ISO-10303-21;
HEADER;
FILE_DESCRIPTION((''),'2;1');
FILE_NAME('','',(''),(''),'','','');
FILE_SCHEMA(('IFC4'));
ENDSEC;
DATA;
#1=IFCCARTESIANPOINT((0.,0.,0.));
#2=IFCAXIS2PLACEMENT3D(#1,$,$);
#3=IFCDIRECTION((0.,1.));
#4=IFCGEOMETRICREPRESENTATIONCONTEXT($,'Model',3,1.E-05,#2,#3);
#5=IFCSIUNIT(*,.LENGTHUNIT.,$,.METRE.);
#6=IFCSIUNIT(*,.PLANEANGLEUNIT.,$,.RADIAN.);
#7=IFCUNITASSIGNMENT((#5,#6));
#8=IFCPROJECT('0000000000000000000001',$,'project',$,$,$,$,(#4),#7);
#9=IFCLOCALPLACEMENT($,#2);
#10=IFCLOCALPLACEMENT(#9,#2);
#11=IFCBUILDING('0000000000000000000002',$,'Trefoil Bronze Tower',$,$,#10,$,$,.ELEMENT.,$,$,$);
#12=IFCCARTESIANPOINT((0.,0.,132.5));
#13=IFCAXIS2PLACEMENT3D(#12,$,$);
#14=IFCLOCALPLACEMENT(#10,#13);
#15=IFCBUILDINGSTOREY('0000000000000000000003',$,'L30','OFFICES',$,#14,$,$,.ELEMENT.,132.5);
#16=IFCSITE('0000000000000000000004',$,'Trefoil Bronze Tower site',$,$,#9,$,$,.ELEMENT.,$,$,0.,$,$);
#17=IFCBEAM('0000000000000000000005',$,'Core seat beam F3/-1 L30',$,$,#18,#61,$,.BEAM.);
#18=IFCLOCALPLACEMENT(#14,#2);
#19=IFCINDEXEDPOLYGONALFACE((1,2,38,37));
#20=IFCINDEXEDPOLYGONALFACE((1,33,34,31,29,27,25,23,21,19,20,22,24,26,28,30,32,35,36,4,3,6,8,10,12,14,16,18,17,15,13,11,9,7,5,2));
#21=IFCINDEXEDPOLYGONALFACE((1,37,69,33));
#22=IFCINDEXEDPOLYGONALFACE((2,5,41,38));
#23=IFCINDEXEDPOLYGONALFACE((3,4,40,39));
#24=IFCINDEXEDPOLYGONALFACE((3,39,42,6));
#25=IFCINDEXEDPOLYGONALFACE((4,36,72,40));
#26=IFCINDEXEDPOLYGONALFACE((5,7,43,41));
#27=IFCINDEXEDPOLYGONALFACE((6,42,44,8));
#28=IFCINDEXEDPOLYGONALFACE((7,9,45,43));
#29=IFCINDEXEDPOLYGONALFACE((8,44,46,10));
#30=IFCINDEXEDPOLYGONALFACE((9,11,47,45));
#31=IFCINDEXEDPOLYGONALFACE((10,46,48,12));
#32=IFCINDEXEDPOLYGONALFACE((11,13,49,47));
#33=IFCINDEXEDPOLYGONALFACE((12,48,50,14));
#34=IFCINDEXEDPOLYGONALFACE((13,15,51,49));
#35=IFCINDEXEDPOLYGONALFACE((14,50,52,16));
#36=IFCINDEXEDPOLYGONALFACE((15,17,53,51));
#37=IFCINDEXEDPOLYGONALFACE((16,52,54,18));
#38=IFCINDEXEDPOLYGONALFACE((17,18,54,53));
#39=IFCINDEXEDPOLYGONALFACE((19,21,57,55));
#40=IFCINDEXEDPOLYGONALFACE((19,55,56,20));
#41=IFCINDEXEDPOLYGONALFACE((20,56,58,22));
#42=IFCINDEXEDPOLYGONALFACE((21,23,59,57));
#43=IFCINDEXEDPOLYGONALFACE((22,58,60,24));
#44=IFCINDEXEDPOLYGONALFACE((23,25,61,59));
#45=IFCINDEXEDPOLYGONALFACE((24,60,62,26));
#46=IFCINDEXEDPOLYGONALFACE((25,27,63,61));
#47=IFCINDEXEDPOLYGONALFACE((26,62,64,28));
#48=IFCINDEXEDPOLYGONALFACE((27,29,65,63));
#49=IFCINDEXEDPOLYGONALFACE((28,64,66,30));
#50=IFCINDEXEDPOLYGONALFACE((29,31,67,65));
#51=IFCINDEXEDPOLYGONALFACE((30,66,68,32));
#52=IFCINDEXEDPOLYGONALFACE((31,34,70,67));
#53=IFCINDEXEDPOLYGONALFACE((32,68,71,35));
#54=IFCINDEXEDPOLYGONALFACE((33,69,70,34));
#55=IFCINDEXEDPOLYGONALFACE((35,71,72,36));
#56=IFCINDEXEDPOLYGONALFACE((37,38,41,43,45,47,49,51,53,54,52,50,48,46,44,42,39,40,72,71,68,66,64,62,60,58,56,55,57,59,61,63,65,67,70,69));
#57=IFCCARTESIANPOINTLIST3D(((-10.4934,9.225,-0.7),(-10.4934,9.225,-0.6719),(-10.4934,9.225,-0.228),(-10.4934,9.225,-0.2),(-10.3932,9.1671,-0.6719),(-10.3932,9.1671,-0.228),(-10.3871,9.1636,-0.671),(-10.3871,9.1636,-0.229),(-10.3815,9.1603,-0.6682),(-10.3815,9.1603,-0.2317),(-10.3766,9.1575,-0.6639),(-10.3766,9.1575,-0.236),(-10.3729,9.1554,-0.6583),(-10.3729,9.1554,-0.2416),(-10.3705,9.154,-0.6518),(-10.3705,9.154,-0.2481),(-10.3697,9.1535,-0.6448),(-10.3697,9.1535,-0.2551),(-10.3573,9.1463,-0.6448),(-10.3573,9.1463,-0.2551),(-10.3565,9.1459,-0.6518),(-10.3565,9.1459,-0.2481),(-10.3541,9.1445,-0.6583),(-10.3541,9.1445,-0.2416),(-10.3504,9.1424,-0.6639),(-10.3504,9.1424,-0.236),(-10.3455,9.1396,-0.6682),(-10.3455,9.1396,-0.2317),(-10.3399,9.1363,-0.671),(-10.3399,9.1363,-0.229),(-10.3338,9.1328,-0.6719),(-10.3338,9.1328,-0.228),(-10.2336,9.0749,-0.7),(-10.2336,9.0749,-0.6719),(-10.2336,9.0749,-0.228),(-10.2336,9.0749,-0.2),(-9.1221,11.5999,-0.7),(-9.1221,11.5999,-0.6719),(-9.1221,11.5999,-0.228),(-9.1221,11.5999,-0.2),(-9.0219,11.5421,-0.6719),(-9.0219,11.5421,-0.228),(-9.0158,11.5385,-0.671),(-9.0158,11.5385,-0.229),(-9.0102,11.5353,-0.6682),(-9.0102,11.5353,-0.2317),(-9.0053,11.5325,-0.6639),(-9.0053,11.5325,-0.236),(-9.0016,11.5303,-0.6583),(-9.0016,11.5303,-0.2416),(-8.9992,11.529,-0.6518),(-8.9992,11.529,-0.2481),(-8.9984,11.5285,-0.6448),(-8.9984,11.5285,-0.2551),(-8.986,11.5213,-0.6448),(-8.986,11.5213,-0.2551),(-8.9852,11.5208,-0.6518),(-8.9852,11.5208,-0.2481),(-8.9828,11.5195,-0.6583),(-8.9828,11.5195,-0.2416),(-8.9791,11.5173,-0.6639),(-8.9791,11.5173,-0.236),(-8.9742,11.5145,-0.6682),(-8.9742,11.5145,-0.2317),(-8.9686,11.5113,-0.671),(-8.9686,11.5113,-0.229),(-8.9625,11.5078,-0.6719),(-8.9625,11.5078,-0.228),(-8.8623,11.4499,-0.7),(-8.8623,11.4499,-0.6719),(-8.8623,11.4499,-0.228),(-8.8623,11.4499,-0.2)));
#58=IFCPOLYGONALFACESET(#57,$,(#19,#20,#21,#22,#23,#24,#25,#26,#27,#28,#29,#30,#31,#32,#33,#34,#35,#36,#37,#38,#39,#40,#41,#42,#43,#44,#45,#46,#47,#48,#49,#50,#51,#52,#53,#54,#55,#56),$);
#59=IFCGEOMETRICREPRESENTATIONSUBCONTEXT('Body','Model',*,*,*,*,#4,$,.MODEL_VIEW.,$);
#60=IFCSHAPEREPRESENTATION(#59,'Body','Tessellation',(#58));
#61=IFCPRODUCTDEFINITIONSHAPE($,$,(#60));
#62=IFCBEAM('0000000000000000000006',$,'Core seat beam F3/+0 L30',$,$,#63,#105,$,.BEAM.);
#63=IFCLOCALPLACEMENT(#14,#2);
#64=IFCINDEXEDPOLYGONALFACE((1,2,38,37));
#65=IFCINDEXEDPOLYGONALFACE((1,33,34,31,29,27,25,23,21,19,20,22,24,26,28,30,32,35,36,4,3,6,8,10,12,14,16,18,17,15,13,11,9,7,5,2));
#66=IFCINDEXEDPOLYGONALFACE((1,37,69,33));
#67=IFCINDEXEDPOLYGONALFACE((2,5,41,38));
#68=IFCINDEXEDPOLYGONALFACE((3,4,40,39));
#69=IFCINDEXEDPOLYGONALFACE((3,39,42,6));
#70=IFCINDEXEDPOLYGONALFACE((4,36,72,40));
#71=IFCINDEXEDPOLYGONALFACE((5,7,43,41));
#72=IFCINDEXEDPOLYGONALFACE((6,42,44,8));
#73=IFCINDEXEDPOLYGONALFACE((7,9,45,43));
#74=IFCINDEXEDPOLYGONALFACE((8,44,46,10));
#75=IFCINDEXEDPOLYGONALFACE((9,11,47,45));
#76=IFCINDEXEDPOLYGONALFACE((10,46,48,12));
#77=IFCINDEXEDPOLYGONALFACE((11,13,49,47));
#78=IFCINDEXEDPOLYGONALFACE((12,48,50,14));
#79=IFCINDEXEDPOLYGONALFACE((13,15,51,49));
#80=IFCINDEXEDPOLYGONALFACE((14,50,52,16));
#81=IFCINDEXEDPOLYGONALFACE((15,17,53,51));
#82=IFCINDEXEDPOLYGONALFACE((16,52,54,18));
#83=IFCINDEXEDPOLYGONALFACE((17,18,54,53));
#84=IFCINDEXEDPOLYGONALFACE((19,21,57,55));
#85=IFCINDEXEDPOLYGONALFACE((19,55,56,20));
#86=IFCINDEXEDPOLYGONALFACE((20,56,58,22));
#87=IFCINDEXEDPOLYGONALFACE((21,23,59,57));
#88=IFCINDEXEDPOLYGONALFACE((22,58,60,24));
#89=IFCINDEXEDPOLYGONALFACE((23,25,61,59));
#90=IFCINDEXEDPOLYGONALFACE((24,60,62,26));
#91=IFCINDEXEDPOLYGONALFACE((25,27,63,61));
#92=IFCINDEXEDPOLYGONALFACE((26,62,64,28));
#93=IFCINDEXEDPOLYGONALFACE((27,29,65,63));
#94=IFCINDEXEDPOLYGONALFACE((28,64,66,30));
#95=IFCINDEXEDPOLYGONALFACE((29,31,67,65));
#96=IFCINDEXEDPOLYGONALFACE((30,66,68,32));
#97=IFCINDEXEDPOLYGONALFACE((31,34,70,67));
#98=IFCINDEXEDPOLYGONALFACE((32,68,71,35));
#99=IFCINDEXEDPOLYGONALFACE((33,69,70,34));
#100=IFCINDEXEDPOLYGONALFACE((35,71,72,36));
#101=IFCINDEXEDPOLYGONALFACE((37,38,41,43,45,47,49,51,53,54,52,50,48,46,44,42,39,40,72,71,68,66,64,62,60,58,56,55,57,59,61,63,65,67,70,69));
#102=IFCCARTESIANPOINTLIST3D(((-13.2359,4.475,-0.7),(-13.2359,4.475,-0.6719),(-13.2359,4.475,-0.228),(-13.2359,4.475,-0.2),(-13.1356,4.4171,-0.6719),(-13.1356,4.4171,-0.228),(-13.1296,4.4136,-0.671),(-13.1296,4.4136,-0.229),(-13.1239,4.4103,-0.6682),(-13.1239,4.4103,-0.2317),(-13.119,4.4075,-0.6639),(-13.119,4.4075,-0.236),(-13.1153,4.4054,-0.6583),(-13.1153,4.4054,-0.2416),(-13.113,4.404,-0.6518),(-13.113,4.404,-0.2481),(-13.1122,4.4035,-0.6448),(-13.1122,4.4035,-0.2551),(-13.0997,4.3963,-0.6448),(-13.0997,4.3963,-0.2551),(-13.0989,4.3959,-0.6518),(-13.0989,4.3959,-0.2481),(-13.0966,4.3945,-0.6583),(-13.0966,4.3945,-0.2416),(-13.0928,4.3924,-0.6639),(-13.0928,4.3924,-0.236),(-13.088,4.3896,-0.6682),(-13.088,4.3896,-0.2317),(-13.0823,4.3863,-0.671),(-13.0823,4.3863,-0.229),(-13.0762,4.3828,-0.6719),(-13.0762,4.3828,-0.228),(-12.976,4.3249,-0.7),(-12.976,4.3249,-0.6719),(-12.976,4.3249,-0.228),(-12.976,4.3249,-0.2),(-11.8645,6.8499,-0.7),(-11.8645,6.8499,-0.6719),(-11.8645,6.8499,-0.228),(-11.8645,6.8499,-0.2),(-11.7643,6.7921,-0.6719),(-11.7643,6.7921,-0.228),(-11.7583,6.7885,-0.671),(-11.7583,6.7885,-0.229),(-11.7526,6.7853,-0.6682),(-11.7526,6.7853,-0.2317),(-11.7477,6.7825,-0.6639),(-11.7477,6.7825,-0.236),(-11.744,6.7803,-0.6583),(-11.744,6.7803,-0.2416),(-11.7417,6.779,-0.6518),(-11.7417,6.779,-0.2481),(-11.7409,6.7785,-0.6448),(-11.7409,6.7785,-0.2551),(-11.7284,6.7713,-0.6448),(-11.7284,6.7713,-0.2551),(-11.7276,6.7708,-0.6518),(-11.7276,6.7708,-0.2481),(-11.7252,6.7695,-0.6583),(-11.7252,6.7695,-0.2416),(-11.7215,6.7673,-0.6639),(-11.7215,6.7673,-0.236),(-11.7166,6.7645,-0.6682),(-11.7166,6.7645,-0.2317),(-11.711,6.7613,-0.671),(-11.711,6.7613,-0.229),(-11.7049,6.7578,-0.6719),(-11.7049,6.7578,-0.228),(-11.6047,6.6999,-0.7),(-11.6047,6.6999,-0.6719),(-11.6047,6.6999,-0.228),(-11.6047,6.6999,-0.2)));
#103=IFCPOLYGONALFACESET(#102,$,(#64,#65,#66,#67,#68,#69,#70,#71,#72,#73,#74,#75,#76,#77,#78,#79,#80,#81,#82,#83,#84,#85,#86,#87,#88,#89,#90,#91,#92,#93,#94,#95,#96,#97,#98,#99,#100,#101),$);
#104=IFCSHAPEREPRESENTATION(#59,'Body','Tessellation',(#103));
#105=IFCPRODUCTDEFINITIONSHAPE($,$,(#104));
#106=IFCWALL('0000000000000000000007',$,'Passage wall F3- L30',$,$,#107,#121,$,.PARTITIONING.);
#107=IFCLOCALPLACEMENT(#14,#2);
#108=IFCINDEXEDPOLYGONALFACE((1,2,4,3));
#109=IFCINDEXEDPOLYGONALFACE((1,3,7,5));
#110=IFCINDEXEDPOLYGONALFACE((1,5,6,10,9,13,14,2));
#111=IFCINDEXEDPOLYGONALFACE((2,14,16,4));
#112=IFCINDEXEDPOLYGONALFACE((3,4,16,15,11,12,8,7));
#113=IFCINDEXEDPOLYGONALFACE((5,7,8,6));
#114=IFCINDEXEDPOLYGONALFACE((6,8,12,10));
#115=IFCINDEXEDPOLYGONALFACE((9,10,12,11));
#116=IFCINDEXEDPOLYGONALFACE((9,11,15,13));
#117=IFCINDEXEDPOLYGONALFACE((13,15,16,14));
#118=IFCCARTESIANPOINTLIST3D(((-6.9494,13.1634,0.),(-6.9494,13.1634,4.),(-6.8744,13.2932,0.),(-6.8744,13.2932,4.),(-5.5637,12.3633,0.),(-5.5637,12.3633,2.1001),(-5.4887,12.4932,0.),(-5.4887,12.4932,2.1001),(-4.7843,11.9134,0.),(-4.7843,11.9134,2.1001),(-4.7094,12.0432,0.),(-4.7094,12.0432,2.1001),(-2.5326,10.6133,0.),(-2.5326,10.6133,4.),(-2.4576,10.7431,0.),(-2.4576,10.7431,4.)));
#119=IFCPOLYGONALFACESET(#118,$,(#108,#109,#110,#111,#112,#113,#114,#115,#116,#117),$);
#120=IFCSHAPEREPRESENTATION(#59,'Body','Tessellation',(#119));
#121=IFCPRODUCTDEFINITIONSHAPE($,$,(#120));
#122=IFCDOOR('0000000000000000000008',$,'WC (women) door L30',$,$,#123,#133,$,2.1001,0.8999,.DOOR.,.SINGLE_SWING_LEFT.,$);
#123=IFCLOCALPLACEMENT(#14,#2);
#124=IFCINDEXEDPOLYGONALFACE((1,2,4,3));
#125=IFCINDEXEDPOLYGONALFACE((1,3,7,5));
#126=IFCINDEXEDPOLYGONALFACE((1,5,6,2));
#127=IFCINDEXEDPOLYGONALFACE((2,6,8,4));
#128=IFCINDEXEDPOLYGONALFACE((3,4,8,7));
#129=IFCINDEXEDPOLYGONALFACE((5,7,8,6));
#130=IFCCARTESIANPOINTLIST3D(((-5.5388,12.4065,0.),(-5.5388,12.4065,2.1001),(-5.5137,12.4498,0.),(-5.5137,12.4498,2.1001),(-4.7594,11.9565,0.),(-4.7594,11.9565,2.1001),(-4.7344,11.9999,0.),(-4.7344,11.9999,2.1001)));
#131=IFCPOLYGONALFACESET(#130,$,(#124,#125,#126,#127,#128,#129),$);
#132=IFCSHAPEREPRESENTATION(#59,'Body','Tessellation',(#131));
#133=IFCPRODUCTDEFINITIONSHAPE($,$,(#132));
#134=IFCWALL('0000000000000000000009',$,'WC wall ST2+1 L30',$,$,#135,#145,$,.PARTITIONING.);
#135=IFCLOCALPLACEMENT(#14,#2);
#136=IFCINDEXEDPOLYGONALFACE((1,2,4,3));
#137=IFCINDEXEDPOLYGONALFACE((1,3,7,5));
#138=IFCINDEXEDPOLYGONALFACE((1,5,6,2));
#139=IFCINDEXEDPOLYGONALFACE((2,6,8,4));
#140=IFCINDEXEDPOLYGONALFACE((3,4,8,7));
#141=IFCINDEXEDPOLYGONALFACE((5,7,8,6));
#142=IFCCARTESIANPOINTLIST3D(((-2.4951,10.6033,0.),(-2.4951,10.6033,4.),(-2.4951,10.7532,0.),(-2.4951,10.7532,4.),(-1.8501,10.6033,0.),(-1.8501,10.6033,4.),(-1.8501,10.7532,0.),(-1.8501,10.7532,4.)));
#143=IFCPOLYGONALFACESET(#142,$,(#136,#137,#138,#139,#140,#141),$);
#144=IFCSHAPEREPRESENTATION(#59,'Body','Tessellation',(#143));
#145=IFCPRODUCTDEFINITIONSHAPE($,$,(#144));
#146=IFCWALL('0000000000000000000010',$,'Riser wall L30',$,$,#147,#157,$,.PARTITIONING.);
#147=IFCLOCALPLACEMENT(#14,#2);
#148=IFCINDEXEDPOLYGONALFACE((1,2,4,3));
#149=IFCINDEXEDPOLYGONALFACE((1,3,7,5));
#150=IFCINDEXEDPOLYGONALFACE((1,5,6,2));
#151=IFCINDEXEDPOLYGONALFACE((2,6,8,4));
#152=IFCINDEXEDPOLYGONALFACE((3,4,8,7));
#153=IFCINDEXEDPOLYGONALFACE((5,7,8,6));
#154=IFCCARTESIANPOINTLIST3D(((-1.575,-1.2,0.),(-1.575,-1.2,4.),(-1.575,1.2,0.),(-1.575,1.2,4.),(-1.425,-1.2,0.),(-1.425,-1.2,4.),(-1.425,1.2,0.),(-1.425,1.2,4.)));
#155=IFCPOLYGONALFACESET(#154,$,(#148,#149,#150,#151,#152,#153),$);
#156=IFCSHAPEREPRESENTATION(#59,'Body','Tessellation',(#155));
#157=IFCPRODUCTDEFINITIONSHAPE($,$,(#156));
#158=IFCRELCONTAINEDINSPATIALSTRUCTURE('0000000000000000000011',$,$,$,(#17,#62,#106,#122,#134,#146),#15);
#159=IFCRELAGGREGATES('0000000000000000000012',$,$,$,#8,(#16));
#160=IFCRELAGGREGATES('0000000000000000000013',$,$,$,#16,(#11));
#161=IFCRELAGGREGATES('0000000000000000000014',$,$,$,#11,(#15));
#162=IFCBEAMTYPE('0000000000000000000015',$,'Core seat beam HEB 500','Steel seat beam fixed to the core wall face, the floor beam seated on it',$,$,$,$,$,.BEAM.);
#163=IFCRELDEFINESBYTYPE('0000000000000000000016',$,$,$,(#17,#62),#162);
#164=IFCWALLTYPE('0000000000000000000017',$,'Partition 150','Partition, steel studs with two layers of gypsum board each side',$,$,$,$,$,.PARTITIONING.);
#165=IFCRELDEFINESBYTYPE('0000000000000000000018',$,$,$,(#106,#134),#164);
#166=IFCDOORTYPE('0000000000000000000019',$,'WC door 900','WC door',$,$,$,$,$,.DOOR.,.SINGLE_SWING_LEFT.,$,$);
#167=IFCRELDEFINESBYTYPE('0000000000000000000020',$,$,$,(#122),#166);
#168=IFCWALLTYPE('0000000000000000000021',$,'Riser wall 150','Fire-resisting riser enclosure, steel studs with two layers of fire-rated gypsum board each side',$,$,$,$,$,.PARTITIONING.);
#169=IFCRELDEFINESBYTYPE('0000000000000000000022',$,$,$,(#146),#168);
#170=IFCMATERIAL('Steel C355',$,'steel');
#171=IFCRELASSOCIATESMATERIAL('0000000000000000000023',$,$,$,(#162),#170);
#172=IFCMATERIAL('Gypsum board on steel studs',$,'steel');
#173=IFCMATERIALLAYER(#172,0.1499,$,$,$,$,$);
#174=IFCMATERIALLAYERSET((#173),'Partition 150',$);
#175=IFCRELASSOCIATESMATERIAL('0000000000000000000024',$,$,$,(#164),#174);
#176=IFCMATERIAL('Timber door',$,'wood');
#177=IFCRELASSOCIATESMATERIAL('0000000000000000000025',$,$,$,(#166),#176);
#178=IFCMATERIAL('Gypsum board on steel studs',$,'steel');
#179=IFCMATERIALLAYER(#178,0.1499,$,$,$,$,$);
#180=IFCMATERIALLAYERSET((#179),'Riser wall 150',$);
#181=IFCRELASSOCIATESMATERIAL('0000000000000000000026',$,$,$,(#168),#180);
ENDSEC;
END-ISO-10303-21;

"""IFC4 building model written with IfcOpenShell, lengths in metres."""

from ifc_helpers import new_model, si_unit, direction, frame, frame_2d, origin, origin_2d, place, context, subcontext, project, spatial, rectangle, i_section, extrude, material, layer, layer_set, material_profile, profile_set, type_object, element, fill, save


model = new_model("IFC4")

# Units and contexts
model_context = context("Model", 3, precision=1e-05, world=origin(), true_north=direction((0.0, 1.0)))
body_context = subcontext(model_context, "Body", "Model", "MODEL_VIEW")
ifc_project = project(units=[si_unit("LENGTHUNIT", "METRE"), si_unit("PLANEANGLEUNIT", "RADIAN")], contexts=[model_context])

# Site, building, storey
site_placement = place(None, origin())
site = spatial("IfcSite", under=ifc_project, at=site_placement, Name="Trefoil Bronze Tower site", CompositionType="ELEMENT", RefElevation=0.0)
building_placement = place(site_placement, origin())
building = spatial("IfcBuilding", under=site, at=building_placement, Name="Trefoil Bronze Tower", CompositionType="ELEMENT")
storey_placement = place(building_placement, frame((0.0, 0.0, 132.5)))
storey = spatial("IfcBuildingStorey", under=building, at=storey_placement, Name="L30", Description="OFFICES", CompositionType="ELEMENT", Elevation=132.5)

# Beams
ifc_material_1 = material(Name="Steel C355", Category="steel")
ifc_material_profile = material_profile(ifc_material_1, i_section(OverallWidth=0.3, OverallDepth=0.5, WebThickness=0.0144, FlangeThickness=0.0281, FilletRadius=0.0271, at=origin_2d()), Name="HEB 500")
ifc_profile_set = profile_set([ifc_material_profile], Name="Steel C355")
beam_type = type_object("IfcBeamType", Name="Core seat beam HEB 500", Description="Steel seat beam fixed to the core wall face, the floor beam seated on it", PredefinedType="BEAM", material=ifc_profile_set)
for number, where, z_axis, x_axis, name in (
    (1, (-8.9922, 11.5249, -0.45), (-0.500036, -0.866005, 0.0), (0.866005, -0.500036, 0.0), "Core seat beam F3/-1 L30"),
    (2, (-11.7346, 6.7749, -0.45), (-0.500036, -0.866005, 0.0), (0.866005, -0.500036, 0.0), "Core seat beam F3/+0 L30"),
):
    element("IfcBeam", number, at=place(storey_placement, frame(where, z_axis=z_axis, x_axis=x_axis)), inside=storey, type_object=beam_type, Name=name, PredefinedType="BEAM", context=body_context, shape_type="SweptSolid", body=[
        extrude(i_section(OverallWidth=0.3, OverallDepth=0.5, WebThickness=0.0144, FlangeThickness=0.0281, FilletRadius=0.0271, at=origin_2d()), origin(), (0.0, 0.0, 1.0), 2.7424),
    ])

# Wall, opening, door
ifc_material_2 = material(Name="Gypsum board on steel studs", Category="steel")
ifc_layer_1 = layer(ifc_material_2, 0.1499)
ifc_layer_set_1 = layer_set([ifc_layer_1], Name="Partition 150")
wall_type_1 = type_object("IfcWallType", Name="Partition 150", Description="Partition, steel studs with two layers of gypsum board each side", PredefinedType="PARTITIONING", material=ifc_layer_set_1)
wall_1_placement = place(storey_placement, frame((-2.4951, 10.6782, 0.0), z_axis=(0.0, 0.0, 1.0), x_axis=(-0.866022, 0.500006, 0.0)))
wall_1 = element("IfcWall", 3, at=wall_1_placement, inside=storey, type_object=wall_type_1, Name="Passage wall F3- L30", PredefinedType="PARTITIONING", context=body_context, shape_type="SweptSolid", body=[
    extrude(rectangle(XDim=5.1001, YDim=0.1499, at=frame_2d((2.55, 0.0))), origin(), (0.0, 0.0, 1.0), 4.0),
])
opening_1_placement = place(wall_1_placement, frame((2.6001, 0.0, 0.0)))
opening_1 = element("IfcOpeningElement", 4, at=opening_1_placement, cuts=wall_1, PredefinedType="OPENING", context=body_context, shape_type="SweptSolid", body=[
    extrude(rectangle(XDim=0.8999, YDim=2.1001, at=frame_2d((0.45, 1.05))), frame((0.0, 0.085, 0.0), z_axis=(0.0, -1.0, 0.0), x_axis=(1.0, 0.0, 0.0)), (0.0, 0.0, 1.0), 0.1699),
])
ifc_material_3 = material(Name="Timber door", Category="wood")
door_type_1 = type_object("IfcDoorType", Name="WC door 900", Description="WC door", OperationType="SINGLE_SWING_LEFT", PredefinedType="DOOR", material=ifc_material_3)
door_1_placement = place(opening_1_placement, frame((0.8999, 0.0, 0.0), z_axis=(0.0, 0.0, 1.0), x_axis=(-1.0, 0.0, 0.0)))
door_1 = element("IfcDoor", 5, at=door_1_placement, inside=storey, type_object=door_type_1, Name="WC (women) door L30", OperationType="SINGLE_SWING_LEFT", OverallHeight=2.1001, OverallWidth=0.8999, PredefinedType="DOOR", context=body_context, shape_type="SweptSolid", body=[
    extrude(rectangle(XDim=0.8999, YDim=2.1001, at=frame_2d((0.45, 1.05))), frame((0.0, 0.0249, 0.0), z_axis=(0.0, -1.0, 0.0), x_axis=(1.0, 0.0, 0.0)), (0.0, 0.0, 1.0), 0.05),
])
fill(opening_1, door_1)

# Walls
wall_2_placement = place(storey_placement, frame((-2.4951, 10.6782, 0.0), z_axis=(0.0, 0.0, 1.0), x_axis=(1.0, 0.0, 0.0)))
element("IfcWall", 6, at=wall_2_placement, inside=storey, type_object=wall_type_1, Name="WC wall ST2+1 L30", PredefinedType="PARTITIONING", context=body_context, shape_type="SweptSolid", body=[
    extrude(rectangle(XDim=0.645, YDim=0.1499, at=frame_2d((0.3225, 0.0))), origin(), (0.0, 0.0, 1.0), 4.0),
])
ifc_material_4 = material(Name="Gypsum board on steel studs", Category="steel")
ifc_layer_2 = layer(ifc_material_4, 0.1499)
ifc_layer_set_2 = layer_set([ifc_layer_2], Name="Riser wall 150")
wall_type_2 = type_object("IfcWallType", Name="Riser wall 150", Description="Fire-resisting riser enclosure, steel studs with two layers of fire-rated gypsum board each side", PredefinedType="PARTITIONING", material=ifc_layer_set_2)
wall_3_placement = place(storey_placement, frame((-1.5, 1.2, 0.0), z_axis=(0.0, 0.0, 1.0), x_axis=(0.0, -1.0, 0.0)))
element("IfcWall", 7, at=wall_3_placement, inside=storey, type_object=wall_type_2, Name="Riser wall L30", PredefinedType="PARTITIONING", context=body_context, shape_type="SweptSolid", body=[
    extrude(rectangle(XDim=2.3999, YDim=0.1499, at=frame_2d((1.2, 0.0))), origin(), (0.0, 0.0, 1.0), 4.0),
])

save(model, "model.ifc")
